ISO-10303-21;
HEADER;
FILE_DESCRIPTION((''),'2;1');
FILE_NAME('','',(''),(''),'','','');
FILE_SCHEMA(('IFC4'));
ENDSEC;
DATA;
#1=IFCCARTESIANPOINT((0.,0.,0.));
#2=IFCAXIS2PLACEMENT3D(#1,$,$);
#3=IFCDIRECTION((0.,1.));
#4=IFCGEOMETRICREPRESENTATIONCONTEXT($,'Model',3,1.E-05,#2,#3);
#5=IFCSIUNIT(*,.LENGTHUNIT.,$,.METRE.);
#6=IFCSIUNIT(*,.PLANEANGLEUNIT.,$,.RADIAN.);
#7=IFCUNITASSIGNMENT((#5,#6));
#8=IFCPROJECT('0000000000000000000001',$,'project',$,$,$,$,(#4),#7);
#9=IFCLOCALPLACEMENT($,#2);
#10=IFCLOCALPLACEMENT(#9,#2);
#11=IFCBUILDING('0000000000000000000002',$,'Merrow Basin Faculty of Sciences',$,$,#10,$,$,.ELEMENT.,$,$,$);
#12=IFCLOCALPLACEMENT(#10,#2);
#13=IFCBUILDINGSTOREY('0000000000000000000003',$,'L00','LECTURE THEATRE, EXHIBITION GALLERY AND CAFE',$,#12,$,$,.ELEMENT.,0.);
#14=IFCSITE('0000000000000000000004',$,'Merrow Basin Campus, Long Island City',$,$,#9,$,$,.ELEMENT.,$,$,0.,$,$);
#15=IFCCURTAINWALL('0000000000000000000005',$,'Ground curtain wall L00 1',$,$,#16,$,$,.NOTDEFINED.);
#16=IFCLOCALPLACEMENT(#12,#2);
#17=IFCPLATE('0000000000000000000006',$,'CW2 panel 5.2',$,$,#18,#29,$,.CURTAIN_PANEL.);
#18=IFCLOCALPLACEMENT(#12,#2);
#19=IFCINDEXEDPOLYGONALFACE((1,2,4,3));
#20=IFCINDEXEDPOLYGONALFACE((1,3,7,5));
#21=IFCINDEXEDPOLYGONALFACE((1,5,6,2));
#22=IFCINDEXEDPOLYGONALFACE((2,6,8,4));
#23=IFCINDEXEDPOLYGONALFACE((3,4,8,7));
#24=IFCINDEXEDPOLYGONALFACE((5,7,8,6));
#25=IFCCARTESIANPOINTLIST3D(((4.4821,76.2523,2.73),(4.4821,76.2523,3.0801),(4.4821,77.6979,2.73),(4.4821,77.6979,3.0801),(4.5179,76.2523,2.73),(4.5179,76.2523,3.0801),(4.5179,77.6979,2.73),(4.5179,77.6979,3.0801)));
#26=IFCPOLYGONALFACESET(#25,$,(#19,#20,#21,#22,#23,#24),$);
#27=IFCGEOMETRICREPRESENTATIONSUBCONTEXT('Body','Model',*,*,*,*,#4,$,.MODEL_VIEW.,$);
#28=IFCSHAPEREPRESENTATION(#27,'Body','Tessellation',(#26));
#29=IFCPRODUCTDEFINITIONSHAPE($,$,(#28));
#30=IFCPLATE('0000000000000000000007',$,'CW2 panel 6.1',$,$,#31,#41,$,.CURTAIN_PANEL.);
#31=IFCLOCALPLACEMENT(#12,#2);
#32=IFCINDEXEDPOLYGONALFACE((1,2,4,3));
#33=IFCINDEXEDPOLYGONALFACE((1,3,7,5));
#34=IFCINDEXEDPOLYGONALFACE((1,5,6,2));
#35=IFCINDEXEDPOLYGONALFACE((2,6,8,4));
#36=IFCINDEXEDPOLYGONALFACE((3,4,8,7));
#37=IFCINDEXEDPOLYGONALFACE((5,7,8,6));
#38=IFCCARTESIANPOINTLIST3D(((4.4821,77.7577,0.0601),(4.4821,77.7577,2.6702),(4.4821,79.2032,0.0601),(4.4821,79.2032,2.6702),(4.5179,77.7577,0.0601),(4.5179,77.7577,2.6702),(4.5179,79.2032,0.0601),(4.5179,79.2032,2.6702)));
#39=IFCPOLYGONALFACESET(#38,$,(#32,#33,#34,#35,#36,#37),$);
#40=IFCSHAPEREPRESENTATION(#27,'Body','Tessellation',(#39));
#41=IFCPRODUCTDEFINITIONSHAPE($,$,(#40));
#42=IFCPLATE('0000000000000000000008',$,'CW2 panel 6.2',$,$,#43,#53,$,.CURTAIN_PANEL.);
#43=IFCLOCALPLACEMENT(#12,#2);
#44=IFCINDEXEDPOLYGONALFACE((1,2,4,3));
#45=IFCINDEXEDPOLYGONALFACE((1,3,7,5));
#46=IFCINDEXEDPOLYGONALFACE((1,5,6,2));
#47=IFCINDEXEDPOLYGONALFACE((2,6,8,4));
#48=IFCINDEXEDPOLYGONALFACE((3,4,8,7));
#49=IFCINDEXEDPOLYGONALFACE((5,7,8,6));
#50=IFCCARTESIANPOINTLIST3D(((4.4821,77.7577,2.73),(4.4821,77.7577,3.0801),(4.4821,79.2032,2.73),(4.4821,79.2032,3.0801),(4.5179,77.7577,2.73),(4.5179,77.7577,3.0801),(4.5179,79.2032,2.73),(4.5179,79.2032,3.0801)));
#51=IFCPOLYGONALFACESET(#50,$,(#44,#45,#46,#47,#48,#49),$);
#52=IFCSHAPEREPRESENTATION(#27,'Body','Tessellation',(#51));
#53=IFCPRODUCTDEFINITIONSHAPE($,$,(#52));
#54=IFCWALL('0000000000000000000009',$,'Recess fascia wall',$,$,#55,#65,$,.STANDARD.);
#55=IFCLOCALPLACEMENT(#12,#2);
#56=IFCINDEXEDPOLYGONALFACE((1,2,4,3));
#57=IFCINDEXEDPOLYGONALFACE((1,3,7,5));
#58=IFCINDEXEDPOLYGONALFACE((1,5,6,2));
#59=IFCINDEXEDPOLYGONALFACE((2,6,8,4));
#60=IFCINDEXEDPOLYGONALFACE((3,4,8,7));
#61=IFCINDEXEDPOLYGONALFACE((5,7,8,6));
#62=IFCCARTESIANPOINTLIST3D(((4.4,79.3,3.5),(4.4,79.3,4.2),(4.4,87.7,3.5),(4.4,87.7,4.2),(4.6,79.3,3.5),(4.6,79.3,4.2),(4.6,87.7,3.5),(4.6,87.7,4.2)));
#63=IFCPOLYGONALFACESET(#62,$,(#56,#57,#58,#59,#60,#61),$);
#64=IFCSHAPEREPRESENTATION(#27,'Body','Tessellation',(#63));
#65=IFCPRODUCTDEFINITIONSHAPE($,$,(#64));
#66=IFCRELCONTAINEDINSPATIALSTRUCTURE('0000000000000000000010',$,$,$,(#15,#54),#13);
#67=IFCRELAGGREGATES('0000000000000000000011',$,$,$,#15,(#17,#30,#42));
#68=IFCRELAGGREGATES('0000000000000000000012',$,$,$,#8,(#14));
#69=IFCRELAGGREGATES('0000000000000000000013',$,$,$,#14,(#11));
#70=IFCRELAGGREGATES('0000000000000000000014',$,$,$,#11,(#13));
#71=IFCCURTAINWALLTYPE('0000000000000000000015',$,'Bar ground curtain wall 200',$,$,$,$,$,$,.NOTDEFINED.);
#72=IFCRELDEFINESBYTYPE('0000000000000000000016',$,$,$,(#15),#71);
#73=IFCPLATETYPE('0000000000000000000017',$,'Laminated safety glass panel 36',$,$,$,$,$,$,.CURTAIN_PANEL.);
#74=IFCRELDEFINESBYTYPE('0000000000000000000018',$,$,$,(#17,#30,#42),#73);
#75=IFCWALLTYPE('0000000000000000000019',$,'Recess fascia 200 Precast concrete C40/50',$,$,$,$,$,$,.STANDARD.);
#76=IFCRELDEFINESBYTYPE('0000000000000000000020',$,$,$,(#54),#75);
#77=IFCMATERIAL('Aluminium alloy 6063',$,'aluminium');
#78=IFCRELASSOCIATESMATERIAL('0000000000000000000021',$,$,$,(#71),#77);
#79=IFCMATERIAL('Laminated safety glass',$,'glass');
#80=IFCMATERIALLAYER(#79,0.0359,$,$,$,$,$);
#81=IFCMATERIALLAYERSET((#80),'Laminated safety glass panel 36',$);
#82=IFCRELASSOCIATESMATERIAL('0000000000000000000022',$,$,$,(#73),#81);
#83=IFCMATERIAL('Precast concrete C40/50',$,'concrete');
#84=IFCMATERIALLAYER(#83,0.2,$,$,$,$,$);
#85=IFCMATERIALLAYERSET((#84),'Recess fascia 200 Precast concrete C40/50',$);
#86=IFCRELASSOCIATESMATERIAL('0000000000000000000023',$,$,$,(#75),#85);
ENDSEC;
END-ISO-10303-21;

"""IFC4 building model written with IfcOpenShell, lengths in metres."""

from ifc_helpers import new_model, si_unit, direction, frame, frame_2d, origin, origin_2d, place, context, subcontext, project, spatial, rectangle, extrude, material, layer, layer_set, type_object, element, aggregate, save


model = new_model("IFC4")

# Units and contexts
model_context = context("Model", 3, precision=1e-05, world=origin(), true_north=direction((0.0, 1.0)))
body_context = subcontext(model_context, "Body", "Model", "MODEL_VIEW")
ifc_project = project(units=[si_unit("LENGTHUNIT", "METRE"), si_unit("PLANEANGLEUNIT", "RADIAN")], contexts=[model_context])

# Site, building, storey
site_placement = place(None, origin())
site = spatial("IfcSite", under=ifc_project, at=site_placement, Name="Merrow Basin Campus, Long Island City", CompositionType="ELEMENT", RefElevation=0.0)
building_placement = place(site_placement, origin())
building = spatial("IfcBuilding", under=site, at=building_placement, Name="Merrow Basin Faculty of Sciences", CompositionType="ELEMENT")
storey_placement = place(building_placement, origin())
storey = spatial("IfcBuildingStorey", under=building, at=storey_placement, Name="L00", Description="LECTURE THEATRE, EXHIBITION GALLERY AND CAFE", CompositionType="ELEMENT", Elevation=0.0)

# Curtain wall
ifc_material_1 = material(Name="Aluminium alloy 6063", Category="aluminium")
curtain_wall_type = type_object("IfcCurtainWallType", Name="Bar ground curtain wall 200", PredefinedType="NOTDEFINED", material=ifc_material_1)
curtain_wall_placement = place(storey_placement, origin())
curtain_wall = element("IfcCurtainWall", 1, at=curtain_wall_placement, inside=storey, type_object=curtain_wall_type, Name="Ground curtain wall L00 1", PredefinedType="NOTDEFINED")

# Plates
ifc_material_2 = material(Name="Laminated safety glass", Category="glass")
ifc_layer_1 = layer(ifc_material_2, 0.0359)
ifc_layer_set_1 = layer_set([ifc_layer_1], Name="Laminated safety glass panel 36")
plate_type = type_object("IfcPlateType", Name="Laminated safety glass panel 36", PredefinedType="CURTAIN_PANEL", material=ifc_layer_set_1)
plate_1_placement = place(storey_placement, frame((4.5, 76.9751, 2.73), z_axis=(0.0, 0.0, 1.0), x_axis=(0.0, 1.0, 0.0)))
plate_1 = element("IfcPlate", 2, at=plate_1_placement, type_object=plate_type, Name="CW2 panel 5.2", PredefinedType="CURTAIN_PANEL", context=body_context, shape_type="SweptSolid", body=[
    extrude(rectangle(XDim=1.4456, YDim=0.0359, at=origin_2d()), origin(), (0.0, 0.0, 1.0), 0.3501),
])
plate_2_placement = place(storey_placement, frame((4.5, 78.4805, 0.0601), z_axis=(0.0, 0.0, 1.0), x_axis=(0.0, 1.0, 0.0)))
plate_2 = element("IfcPlate", 3, at=plate_2_placement, type_object=plate_type, Name="CW2 panel 6.1", PredefinedType="CURTAIN_PANEL", context=body_context, shape_type="SweptSolid", body=[
    extrude(rectangle(XDim=1.4456, YDim=0.0359, at=origin_2d()), origin(), (0.0, 0.0, 1.0), 2.6101),
])
plate_3_placement = place(storey_placement, frame((4.5, 78.4805, 2.73), z_axis=(0.0, 0.0, 1.0), x_axis=(0.0, 1.0, 0.0)))
plate_3 = element("IfcPlate", 4, at=plate_3_placement, type_object=plate_type, Name="CW2 panel 6.2", PredefinedType="CURTAIN_PANEL", context=body_context, shape_type="SweptSolid", body=[
    extrude(rectangle(XDim=1.4456, YDim=0.0359, at=origin_2d()), origin(), (0.0, 0.0, 1.0), 0.3501),
])
aggregate(curtain_wall, [plate_1, plate_2, plate_3])

# Wall
ifc_material_3 = material(Name="Precast concrete C40/50", Category="concrete")
ifc_layer_2 = layer(ifc_material_3, 0.2)
ifc_layer_set_2 = layer_set([ifc_layer_2], Name="Recess fascia 200 Precast concrete C40/50")
wall_type = type_object("IfcWallType", Name="Recess fascia 200 Precast concrete C40/50", PredefinedType="STANDARD", material=ifc_layer_set_2)
wall_placement = place(storey_placement, frame((4.5, 79.3, 3.5), z_axis=(0.0, 0.0, 1.0), x_axis=(0.0, 1.0, 0.0)))
element("IfcWall", 5, at=wall_placement, inside=storey, type_object=wall_type, Name="Recess fascia wall", PredefinedType="STANDARD", context=body_context, shape_type="SweptSolid", body=[
    extrude(rectangle(XDim=8.3999, YDim=0.2, at=frame_2d((4.2, 0.0))), origin(), (0.0, 0.0, 1.0), 0.7),
])

save(model, "model.ifc")
